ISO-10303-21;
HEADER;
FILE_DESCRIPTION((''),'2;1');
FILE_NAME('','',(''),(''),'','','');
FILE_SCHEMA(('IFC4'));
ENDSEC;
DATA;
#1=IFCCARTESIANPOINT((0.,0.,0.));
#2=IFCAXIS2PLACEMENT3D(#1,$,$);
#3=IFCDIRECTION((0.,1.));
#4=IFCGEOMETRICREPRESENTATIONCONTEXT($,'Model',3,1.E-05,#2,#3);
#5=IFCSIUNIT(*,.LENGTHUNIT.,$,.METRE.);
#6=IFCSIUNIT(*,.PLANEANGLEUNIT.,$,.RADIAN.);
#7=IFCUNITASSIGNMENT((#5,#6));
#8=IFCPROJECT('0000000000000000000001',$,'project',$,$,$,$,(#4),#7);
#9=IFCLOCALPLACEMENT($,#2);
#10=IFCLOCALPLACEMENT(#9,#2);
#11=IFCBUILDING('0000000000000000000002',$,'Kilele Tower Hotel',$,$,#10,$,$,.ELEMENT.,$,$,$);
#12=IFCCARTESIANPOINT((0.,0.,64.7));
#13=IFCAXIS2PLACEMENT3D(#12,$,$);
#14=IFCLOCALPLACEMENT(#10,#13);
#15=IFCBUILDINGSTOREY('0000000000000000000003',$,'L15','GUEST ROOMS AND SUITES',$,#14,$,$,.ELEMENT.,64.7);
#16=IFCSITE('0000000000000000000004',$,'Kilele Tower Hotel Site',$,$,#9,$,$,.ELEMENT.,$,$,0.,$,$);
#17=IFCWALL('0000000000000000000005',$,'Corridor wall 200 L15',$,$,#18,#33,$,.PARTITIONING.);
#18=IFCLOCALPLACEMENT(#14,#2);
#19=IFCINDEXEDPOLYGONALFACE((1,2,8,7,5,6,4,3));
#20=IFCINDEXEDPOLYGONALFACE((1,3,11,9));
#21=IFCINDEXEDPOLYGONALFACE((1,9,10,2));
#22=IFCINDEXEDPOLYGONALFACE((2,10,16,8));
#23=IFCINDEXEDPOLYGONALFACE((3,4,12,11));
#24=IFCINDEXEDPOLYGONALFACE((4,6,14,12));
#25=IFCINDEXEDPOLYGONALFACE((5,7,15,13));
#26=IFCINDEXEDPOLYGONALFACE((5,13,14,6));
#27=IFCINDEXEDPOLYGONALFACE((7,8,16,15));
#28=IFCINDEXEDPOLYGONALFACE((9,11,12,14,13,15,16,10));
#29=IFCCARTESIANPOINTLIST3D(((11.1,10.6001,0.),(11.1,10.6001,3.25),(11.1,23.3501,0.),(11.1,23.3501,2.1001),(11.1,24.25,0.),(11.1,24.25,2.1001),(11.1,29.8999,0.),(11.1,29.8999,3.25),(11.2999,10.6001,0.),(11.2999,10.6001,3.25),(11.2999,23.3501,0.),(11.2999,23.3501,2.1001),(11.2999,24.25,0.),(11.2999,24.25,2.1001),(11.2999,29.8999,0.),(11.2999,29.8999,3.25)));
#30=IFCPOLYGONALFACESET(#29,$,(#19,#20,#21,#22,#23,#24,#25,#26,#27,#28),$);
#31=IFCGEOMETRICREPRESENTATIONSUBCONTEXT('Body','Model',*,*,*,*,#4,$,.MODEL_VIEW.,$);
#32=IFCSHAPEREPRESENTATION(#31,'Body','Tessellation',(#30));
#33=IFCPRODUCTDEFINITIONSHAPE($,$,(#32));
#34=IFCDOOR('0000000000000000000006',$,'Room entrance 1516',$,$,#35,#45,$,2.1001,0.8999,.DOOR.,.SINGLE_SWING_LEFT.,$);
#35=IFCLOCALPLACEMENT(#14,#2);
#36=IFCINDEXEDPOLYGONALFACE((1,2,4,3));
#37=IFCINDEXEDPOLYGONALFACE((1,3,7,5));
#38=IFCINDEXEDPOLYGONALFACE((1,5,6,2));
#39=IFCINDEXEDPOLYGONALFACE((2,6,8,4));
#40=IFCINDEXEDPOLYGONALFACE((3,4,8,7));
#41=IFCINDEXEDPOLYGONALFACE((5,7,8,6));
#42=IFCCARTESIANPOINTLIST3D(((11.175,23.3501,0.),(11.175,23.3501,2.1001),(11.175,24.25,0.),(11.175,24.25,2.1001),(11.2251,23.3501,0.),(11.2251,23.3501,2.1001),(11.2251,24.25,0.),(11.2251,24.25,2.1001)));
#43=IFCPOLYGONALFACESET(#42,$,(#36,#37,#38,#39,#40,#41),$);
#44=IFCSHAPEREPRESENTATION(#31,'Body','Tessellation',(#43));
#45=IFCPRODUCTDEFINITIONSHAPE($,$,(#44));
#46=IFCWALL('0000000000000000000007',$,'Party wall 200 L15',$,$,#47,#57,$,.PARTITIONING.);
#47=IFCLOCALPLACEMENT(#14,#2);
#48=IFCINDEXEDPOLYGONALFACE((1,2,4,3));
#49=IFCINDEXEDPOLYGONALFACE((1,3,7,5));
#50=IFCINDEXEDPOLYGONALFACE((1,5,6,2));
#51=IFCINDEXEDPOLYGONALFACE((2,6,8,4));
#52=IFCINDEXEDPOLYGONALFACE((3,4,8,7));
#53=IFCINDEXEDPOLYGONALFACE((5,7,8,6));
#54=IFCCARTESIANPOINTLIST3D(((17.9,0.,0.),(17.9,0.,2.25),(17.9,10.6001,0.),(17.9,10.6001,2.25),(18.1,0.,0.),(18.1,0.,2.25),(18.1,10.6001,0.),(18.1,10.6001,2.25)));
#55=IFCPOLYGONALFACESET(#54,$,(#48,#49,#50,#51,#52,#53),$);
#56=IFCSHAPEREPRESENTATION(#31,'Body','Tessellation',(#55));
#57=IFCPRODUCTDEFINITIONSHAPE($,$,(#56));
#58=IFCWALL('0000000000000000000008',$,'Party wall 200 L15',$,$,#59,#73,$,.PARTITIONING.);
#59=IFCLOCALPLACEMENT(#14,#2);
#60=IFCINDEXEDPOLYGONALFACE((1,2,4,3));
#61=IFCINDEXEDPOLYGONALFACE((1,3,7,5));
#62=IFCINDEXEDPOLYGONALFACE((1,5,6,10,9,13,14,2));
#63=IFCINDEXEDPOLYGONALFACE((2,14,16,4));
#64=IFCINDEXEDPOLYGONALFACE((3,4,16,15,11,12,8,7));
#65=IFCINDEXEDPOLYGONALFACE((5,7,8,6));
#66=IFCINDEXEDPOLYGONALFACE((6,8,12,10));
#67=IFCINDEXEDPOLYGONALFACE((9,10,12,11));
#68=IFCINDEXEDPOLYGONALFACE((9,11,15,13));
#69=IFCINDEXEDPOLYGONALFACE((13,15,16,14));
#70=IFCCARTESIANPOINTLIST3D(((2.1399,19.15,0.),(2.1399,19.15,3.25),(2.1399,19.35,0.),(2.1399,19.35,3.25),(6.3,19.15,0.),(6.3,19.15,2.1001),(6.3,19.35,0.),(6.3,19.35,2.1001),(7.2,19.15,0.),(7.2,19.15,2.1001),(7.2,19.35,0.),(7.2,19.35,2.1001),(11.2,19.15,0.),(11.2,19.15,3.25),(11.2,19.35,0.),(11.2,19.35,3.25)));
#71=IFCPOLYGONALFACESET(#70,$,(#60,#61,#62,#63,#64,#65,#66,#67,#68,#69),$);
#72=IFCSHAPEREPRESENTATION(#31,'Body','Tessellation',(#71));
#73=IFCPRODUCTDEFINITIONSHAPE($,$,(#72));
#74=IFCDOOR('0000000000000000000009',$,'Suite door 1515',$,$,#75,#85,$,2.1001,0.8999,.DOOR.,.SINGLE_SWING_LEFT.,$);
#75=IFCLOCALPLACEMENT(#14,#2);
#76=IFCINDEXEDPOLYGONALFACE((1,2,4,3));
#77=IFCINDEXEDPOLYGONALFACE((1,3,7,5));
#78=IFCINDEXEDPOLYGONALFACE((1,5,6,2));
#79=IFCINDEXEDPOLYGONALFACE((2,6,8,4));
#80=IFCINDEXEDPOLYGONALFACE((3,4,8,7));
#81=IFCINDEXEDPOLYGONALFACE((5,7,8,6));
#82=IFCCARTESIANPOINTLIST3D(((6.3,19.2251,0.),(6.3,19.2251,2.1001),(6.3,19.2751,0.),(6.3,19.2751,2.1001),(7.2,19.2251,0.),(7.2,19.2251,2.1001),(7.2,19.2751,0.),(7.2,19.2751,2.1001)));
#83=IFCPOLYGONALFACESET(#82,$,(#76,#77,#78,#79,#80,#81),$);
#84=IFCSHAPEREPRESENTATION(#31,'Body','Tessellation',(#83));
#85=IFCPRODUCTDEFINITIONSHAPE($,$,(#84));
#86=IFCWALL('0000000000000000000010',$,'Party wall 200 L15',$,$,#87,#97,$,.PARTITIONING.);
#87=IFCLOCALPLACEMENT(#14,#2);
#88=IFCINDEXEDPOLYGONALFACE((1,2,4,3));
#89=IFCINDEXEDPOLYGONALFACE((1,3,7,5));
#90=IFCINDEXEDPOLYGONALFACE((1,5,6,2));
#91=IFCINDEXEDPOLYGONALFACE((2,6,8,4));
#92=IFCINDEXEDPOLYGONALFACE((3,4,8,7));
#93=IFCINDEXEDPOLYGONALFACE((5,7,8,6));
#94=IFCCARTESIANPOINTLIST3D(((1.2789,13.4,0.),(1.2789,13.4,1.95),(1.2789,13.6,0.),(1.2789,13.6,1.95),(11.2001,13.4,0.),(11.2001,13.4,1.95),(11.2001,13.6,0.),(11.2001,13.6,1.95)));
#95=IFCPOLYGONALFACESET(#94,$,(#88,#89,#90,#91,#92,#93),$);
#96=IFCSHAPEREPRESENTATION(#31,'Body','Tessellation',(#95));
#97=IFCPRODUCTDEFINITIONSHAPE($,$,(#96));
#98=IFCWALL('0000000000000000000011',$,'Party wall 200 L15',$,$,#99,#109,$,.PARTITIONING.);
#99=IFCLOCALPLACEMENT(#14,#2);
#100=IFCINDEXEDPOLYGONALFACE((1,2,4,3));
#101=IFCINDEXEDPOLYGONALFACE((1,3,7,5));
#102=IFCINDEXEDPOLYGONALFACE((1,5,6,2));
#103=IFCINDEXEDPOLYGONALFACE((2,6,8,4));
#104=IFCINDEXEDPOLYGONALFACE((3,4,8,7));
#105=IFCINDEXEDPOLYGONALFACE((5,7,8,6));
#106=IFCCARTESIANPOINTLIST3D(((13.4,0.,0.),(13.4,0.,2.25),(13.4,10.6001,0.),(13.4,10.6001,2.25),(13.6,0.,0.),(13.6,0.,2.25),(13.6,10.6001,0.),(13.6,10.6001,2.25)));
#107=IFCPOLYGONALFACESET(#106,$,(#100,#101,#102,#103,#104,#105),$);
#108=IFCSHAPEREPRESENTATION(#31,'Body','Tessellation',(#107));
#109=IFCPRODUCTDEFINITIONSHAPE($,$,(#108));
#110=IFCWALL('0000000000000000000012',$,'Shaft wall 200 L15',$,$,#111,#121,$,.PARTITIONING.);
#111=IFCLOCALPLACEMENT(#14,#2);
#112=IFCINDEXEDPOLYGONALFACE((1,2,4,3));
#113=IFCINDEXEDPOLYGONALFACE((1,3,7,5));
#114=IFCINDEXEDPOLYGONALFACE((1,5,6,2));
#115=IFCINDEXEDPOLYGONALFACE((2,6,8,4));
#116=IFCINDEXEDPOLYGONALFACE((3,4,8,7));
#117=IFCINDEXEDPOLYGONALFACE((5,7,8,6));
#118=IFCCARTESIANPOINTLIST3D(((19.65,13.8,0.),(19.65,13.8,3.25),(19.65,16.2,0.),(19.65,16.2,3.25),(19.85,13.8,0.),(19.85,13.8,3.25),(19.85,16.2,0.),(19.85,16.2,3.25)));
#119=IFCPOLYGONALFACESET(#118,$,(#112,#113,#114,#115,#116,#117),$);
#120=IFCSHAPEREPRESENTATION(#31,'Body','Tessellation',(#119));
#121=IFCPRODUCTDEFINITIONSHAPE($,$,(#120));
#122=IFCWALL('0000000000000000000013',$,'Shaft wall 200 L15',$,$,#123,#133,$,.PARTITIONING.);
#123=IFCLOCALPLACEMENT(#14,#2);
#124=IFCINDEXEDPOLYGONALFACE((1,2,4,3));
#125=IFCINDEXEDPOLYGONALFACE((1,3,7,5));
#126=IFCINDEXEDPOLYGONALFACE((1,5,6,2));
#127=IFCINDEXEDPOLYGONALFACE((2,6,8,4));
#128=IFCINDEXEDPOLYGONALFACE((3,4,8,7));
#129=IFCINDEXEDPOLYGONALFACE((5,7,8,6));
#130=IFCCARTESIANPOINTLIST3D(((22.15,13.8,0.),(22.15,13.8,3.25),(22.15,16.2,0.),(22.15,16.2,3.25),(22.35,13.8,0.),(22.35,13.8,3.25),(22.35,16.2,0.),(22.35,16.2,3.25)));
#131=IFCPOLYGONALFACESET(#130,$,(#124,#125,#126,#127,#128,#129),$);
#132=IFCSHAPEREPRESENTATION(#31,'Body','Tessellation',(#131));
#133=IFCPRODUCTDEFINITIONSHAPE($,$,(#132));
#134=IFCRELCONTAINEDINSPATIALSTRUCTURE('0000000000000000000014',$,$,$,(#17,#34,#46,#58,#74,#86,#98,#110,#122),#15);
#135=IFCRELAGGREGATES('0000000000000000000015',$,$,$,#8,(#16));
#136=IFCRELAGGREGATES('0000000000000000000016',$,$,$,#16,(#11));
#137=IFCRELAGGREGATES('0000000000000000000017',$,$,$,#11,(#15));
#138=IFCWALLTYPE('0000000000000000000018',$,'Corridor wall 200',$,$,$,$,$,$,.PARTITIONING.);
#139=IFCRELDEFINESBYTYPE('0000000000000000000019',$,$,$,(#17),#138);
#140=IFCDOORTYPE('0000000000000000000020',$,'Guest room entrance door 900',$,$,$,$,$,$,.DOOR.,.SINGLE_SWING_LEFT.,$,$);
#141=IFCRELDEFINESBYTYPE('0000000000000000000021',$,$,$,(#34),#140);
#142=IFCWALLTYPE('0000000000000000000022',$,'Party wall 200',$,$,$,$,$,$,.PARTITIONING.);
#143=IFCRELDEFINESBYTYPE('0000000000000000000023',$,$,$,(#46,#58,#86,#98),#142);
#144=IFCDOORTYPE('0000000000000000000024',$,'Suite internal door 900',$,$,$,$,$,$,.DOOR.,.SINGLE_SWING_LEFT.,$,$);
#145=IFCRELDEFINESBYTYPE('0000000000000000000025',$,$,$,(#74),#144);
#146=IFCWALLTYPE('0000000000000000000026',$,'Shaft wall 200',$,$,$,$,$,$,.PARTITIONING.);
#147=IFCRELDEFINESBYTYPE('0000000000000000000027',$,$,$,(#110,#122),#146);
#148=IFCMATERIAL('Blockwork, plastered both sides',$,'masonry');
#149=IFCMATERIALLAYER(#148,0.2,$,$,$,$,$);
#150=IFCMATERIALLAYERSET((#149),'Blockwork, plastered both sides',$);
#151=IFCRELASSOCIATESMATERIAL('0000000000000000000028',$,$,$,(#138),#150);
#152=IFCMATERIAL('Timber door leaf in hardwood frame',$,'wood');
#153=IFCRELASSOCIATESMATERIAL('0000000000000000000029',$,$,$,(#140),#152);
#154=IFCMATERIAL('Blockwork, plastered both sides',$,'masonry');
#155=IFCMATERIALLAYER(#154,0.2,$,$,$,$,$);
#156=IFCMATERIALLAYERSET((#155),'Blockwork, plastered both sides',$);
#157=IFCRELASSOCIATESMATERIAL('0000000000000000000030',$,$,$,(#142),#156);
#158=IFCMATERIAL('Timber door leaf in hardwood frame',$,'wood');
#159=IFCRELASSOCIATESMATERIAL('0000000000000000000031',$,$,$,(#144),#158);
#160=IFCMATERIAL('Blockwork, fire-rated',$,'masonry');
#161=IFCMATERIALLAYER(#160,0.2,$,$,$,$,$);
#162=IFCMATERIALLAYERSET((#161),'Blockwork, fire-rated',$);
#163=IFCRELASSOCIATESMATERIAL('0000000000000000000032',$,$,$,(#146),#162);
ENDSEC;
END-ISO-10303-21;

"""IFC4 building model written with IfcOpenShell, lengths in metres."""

from ifc_helpers import new_model, si_unit, direction, frame, frame_2d, origin, place, context, subcontext, project, spatial, rectangle, extrude, material, layer, layer_set, type_object, element, fill, save


model = new_model("IFC4")

# Units and contexts
model_context = context("Model", 3, precision=1e-05, world=origin(), true_north=direction((0.0, 1.0)))
body_context = subcontext(model_context, "Body", "Model", "MODEL_VIEW")
ifc_project = project(units=[si_unit("LENGTHUNIT", "METRE"), si_unit("PLANEANGLEUNIT", "RADIAN")], contexts=[model_context])

# Site, building, storey
site_placement = place(None, origin())
site = spatial("IfcSite", under=ifc_project, at=site_placement, Name="Kilele Tower Hotel Site", CompositionType="ELEMENT", RefElevation=0.0)
building_placement = place(site_placement, origin())
building = spatial("IfcBuilding", under=site, at=building_placement, Name="Kilele Tower Hotel", CompositionType="ELEMENT")
storey_placement = place(building_placement, frame((0.0, 0.0, 64.7)))
storey = spatial("IfcBuildingStorey", under=building, at=storey_placement, Name="L15", Description="GUEST ROOMS AND SUITES", CompositionType="ELEMENT", Elevation=64.7)

# Wall, opening, door
ifc_material_1 = material(Name="Blockwork, plastered both sides", Category="masonry")
ifc_layer_1 = layer(ifc_material_1, 0.2)
ifc_layer_set_1 = layer_set([ifc_layer_1], Name="Blockwork, plastered both sides")
wall_type_1 = type_object("IfcWallType", Name="Corridor wall 200", PredefinedType="PARTITIONING", material=ifc_layer_set_1)
wall_1_placement = place(storey_placement, frame((11.2, 10.6001, 0.0), z_axis=(0.0, 0.0, 1.0), x_axis=(0.0, 1.0, 0.0)))
wall_1 = element("IfcWall", 1, at=wall_1_placement, inside=storey, type_object=wall_type_1, Name="Corridor wall 200 L15", PredefinedType="PARTITIONING", context=body_context, shape_type="SweptSolid", body=[
    extrude(rectangle(XDim=19.2998, YDim=0.2, at=frame_2d((9.6499, 0.0))), origin(), (0.0, 0.0, 1.0), 3.25),
])
opening_1_placement = place(wall_1_placement, frame((12.75, 0.0, 0.0)))
opening_1 = element("IfcOpeningElement", 2, at=opening_1_placement, cuts=wall_1, PredefinedType="OPENING", context=body_context, shape_type="SweptSolid", body=[
    extrude(rectangle(XDim=0.8999, YDim=2.1001, at=frame_2d((0.45, 1.05))), frame((0.0, 0.1099, 0.0), z_axis=(0.0, -1.0, 0.0), x_axis=(1.0, 0.0, 0.0)), (0.0, 0.0, 1.0), 0.22),
])
ifc_material_2 = material(Name="Timber door leaf in hardwood frame", Category="wood")
door_type_1 = type_object("IfcDoorType", Name="Guest room entrance door 900", OperationType="SINGLE_SWING_LEFT", PredefinedType="DOOR", material=ifc_material_2)
door_1_placement = place(opening_1_placement, origin())
door_1 = element("IfcDoor", 3, at=door_1_placement, inside=storey, type_object=door_type_1, Name="Room entrance 1516", OperationType="SINGLE_SWING_LEFT", OverallHeight=2.1001, OverallWidth=0.8999, PredefinedType="DOOR", context=body_context, shape_type="SweptSolid", body=[
    extrude(rectangle(XDim=0.8999, YDim=2.1001, at=frame_2d((0.45, 1.05))), frame((0.0, 0.0249, 0.0), z_axis=(0.0, -1.0, 0.0), x_axis=(1.0, 0.0, 0.0)), (0.0, 0.0, 1.0), 0.05),
])
fill(opening_1, door_1)

# Wall
ifc_material_3 = material(Name="Blockwork, plastered both sides", Category="masonry")
ifc_layer_2 = layer(ifc_material_3, 0.2)
ifc_layer_set_2 = layer_set([ifc_layer_2], Name="Blockwork, plastered both sides")
wall_type_2 = type_object("IfcWallType", Name="Party wall 200", PredefinedType="PARTITIONING", material=ifc_layer_set_2)
wall_2_placement = place(storey_placement, frame((18.0, 10.6001, 0.0), z_axis=(0.0, 0.0, 1.0), x_axis=(0.0, -1.0, 0.0)))
element("IfcWall", 4, at=wall_2_placement, inside=storey, type_object=wall_type_2, Name="Party wall 200 L15", PredefinedType="PARTITIONING", context=body_context, shape_type="SweptSolid", body=[
    extrude(rectangle(XDim=10.6001, YDim=0.2, at=frame_2d((5.3, 0.0))), origin(), (0.0, 0.0, 1.0), 2.25),
])

# Wall, opening, door
wall_3_placement = place(storey_placement, frame((11.2, 19.25, 0.0), z_axis=(0.0, 0.0, 1.0), x_axis=(-1.0, 0.0, 0.0)))
wall_3 = element("IfcWall", 5, at=wall_3_placement, inside=storey, type_object=wall_type_2, Name="Party wall 200 L15", PredefinedType="PARTITIONING", context=body_context, shape_type="SweptSolid", body=[
    extrude(rectangle(XDim=9.0601, YDim=0.2, at=frame_2d((4.53, 0.0))), origin(), (0.0, 0.0, 1.0), 3.25),
])
opening_2_placement = place(wall_3_placement, frame((4.0, 0.0, 0.0)))
opening_2 = element("IfcOpeningElement", 6, at=opening_2_placement, cuts=wall_3, PredefinedType="OPENING", context=body_context, shape_type="SweptSolid", body=[
    extrude(rectangle(XDim=0.8999, YDim=2.1001, at=frame_2d((0.45, 1.05))), frame((0.0, 0.1099, 0.0), z_axis=(0.0, -1.0, 0.0), x_axis=(1.0, 0.0, 0.0)), (0.0, 0.0, 1.0), 0.22),
])
ifc_material_4 = material(Name="Timber door leaf in hardwood frame", Category="wood")
door_type_2 = type_object("IfcDoorType", Name="Suite internal door 900", OperationType="SINGLE_SWING_LEFT", PredefinedType="DOOR", material=ifc_material_4)
door_2_placement = place(opening_2_placement, origin())
door_2 = element("IfcDoor", 7, at=door_2_placement, inside=storey, type_object=door_type_2, Name="Suite door 1515", OperationType="SINGLE_SWING_LEFT", OverallHeight=2.1001, OverallWidth=0.8999, PredefinedType="DOOR", context=body_context, shape_type="SweptSolid", body=[
    extrude(rectangle(XDim=0.8999, YDim=2.1001, at=frame_2d((0.45, 1.05))), frame((0.0, 0.0249, 0.0), z_axis=(0.0, -1.0, 0.0), x_axis=(1.0, 0.0, 0.0)), (0.0, 0.0, 1.0), 0.05),
])
fill(opening_2, door_2)

# Walls
wall_4_placement = place(storey_placement, frame((11.2, 13.5, 0.0), z_axis=(0.0, 0.0, 1.0), x_axis=(-1.0, 0.0, 0.0)))
element("IfcWall", 8, at=wall_4_placement, inside=storey, type_object=wall_type_2, Name="Party wall 200 L15", PredefinedType="PARTITIONING", context=body_context, shape_type="SweptSolid", body=[
    extrude(rectangle(XDim=9.9211, YDim=0.2, at=frame_2d((4.9604, 0.0))), origin(), (0.0, 0.0, 1.0), 1.95),
])
wall_5_placement = place(storey_placement, frame((13.5, 10.6001, 0.0), z_axis=(0.0, 0.0, 1.0), x_axis=(0.0, -1.0, 0.0)))
element("IfcWall", 9, at=wall_5_placement, inside=storey, type_object=wall_type_2, Name="Party wall 200 L15", PredefinedType="PARTITIONING", context=body_context, shape_type="SweptSolid", body=[
    extrude(rectangle(XDim=10.6001, YDim=0.2, at=frame_2d((5.3, 0.0))), origin(), (0.0, 0.0, 1.0), 2.25),
])
ifc_material_5 = material(Name="Blockwork, fire-rated", Category="masonry")
ifc_layer_3 = layer(ifc_material_5, 0.2)
ifc_layer_set_3 = layer_set([ifc_layer_3], Name="Blockwork, fire-rated")
wall_type_3 = type_object("IfcWallType", Name="Shaft wall 200", PredefinedType="PARTITIONING", material=ifc_layer_set_3)
for number, where, z_axis, x_axis, name in (
    (10, (19.75, 13.8, 0.0), (0.0, 0.0, 1.0), (0.0, 1.0, 0.0), "Shaft wall 200 L15"),
    (11, (22.25, 13.8, 0.0), (0.0, 0.0, 1.0), (0.0, 1.0, 0.0), "Shaft wall 200 L15"),
):
    element("IfcWall", number, at=place(storey_placement, frame(where, z_axis=z_axis, x_axis=x_axis)), inside=storey, type_object=wall_type_3, Name=name, PredefinedType="PARTITIONING", context=body_context, shape_type="SweptSolid", body=[
        extrude(rectangle(XDim=2.3999, YDim=0.2, at=frame_2d((1.2, 0.0))), origin(), (0.0, 0.0, 1.0), 3.25),
    ])

save(model, "model.ifc")
